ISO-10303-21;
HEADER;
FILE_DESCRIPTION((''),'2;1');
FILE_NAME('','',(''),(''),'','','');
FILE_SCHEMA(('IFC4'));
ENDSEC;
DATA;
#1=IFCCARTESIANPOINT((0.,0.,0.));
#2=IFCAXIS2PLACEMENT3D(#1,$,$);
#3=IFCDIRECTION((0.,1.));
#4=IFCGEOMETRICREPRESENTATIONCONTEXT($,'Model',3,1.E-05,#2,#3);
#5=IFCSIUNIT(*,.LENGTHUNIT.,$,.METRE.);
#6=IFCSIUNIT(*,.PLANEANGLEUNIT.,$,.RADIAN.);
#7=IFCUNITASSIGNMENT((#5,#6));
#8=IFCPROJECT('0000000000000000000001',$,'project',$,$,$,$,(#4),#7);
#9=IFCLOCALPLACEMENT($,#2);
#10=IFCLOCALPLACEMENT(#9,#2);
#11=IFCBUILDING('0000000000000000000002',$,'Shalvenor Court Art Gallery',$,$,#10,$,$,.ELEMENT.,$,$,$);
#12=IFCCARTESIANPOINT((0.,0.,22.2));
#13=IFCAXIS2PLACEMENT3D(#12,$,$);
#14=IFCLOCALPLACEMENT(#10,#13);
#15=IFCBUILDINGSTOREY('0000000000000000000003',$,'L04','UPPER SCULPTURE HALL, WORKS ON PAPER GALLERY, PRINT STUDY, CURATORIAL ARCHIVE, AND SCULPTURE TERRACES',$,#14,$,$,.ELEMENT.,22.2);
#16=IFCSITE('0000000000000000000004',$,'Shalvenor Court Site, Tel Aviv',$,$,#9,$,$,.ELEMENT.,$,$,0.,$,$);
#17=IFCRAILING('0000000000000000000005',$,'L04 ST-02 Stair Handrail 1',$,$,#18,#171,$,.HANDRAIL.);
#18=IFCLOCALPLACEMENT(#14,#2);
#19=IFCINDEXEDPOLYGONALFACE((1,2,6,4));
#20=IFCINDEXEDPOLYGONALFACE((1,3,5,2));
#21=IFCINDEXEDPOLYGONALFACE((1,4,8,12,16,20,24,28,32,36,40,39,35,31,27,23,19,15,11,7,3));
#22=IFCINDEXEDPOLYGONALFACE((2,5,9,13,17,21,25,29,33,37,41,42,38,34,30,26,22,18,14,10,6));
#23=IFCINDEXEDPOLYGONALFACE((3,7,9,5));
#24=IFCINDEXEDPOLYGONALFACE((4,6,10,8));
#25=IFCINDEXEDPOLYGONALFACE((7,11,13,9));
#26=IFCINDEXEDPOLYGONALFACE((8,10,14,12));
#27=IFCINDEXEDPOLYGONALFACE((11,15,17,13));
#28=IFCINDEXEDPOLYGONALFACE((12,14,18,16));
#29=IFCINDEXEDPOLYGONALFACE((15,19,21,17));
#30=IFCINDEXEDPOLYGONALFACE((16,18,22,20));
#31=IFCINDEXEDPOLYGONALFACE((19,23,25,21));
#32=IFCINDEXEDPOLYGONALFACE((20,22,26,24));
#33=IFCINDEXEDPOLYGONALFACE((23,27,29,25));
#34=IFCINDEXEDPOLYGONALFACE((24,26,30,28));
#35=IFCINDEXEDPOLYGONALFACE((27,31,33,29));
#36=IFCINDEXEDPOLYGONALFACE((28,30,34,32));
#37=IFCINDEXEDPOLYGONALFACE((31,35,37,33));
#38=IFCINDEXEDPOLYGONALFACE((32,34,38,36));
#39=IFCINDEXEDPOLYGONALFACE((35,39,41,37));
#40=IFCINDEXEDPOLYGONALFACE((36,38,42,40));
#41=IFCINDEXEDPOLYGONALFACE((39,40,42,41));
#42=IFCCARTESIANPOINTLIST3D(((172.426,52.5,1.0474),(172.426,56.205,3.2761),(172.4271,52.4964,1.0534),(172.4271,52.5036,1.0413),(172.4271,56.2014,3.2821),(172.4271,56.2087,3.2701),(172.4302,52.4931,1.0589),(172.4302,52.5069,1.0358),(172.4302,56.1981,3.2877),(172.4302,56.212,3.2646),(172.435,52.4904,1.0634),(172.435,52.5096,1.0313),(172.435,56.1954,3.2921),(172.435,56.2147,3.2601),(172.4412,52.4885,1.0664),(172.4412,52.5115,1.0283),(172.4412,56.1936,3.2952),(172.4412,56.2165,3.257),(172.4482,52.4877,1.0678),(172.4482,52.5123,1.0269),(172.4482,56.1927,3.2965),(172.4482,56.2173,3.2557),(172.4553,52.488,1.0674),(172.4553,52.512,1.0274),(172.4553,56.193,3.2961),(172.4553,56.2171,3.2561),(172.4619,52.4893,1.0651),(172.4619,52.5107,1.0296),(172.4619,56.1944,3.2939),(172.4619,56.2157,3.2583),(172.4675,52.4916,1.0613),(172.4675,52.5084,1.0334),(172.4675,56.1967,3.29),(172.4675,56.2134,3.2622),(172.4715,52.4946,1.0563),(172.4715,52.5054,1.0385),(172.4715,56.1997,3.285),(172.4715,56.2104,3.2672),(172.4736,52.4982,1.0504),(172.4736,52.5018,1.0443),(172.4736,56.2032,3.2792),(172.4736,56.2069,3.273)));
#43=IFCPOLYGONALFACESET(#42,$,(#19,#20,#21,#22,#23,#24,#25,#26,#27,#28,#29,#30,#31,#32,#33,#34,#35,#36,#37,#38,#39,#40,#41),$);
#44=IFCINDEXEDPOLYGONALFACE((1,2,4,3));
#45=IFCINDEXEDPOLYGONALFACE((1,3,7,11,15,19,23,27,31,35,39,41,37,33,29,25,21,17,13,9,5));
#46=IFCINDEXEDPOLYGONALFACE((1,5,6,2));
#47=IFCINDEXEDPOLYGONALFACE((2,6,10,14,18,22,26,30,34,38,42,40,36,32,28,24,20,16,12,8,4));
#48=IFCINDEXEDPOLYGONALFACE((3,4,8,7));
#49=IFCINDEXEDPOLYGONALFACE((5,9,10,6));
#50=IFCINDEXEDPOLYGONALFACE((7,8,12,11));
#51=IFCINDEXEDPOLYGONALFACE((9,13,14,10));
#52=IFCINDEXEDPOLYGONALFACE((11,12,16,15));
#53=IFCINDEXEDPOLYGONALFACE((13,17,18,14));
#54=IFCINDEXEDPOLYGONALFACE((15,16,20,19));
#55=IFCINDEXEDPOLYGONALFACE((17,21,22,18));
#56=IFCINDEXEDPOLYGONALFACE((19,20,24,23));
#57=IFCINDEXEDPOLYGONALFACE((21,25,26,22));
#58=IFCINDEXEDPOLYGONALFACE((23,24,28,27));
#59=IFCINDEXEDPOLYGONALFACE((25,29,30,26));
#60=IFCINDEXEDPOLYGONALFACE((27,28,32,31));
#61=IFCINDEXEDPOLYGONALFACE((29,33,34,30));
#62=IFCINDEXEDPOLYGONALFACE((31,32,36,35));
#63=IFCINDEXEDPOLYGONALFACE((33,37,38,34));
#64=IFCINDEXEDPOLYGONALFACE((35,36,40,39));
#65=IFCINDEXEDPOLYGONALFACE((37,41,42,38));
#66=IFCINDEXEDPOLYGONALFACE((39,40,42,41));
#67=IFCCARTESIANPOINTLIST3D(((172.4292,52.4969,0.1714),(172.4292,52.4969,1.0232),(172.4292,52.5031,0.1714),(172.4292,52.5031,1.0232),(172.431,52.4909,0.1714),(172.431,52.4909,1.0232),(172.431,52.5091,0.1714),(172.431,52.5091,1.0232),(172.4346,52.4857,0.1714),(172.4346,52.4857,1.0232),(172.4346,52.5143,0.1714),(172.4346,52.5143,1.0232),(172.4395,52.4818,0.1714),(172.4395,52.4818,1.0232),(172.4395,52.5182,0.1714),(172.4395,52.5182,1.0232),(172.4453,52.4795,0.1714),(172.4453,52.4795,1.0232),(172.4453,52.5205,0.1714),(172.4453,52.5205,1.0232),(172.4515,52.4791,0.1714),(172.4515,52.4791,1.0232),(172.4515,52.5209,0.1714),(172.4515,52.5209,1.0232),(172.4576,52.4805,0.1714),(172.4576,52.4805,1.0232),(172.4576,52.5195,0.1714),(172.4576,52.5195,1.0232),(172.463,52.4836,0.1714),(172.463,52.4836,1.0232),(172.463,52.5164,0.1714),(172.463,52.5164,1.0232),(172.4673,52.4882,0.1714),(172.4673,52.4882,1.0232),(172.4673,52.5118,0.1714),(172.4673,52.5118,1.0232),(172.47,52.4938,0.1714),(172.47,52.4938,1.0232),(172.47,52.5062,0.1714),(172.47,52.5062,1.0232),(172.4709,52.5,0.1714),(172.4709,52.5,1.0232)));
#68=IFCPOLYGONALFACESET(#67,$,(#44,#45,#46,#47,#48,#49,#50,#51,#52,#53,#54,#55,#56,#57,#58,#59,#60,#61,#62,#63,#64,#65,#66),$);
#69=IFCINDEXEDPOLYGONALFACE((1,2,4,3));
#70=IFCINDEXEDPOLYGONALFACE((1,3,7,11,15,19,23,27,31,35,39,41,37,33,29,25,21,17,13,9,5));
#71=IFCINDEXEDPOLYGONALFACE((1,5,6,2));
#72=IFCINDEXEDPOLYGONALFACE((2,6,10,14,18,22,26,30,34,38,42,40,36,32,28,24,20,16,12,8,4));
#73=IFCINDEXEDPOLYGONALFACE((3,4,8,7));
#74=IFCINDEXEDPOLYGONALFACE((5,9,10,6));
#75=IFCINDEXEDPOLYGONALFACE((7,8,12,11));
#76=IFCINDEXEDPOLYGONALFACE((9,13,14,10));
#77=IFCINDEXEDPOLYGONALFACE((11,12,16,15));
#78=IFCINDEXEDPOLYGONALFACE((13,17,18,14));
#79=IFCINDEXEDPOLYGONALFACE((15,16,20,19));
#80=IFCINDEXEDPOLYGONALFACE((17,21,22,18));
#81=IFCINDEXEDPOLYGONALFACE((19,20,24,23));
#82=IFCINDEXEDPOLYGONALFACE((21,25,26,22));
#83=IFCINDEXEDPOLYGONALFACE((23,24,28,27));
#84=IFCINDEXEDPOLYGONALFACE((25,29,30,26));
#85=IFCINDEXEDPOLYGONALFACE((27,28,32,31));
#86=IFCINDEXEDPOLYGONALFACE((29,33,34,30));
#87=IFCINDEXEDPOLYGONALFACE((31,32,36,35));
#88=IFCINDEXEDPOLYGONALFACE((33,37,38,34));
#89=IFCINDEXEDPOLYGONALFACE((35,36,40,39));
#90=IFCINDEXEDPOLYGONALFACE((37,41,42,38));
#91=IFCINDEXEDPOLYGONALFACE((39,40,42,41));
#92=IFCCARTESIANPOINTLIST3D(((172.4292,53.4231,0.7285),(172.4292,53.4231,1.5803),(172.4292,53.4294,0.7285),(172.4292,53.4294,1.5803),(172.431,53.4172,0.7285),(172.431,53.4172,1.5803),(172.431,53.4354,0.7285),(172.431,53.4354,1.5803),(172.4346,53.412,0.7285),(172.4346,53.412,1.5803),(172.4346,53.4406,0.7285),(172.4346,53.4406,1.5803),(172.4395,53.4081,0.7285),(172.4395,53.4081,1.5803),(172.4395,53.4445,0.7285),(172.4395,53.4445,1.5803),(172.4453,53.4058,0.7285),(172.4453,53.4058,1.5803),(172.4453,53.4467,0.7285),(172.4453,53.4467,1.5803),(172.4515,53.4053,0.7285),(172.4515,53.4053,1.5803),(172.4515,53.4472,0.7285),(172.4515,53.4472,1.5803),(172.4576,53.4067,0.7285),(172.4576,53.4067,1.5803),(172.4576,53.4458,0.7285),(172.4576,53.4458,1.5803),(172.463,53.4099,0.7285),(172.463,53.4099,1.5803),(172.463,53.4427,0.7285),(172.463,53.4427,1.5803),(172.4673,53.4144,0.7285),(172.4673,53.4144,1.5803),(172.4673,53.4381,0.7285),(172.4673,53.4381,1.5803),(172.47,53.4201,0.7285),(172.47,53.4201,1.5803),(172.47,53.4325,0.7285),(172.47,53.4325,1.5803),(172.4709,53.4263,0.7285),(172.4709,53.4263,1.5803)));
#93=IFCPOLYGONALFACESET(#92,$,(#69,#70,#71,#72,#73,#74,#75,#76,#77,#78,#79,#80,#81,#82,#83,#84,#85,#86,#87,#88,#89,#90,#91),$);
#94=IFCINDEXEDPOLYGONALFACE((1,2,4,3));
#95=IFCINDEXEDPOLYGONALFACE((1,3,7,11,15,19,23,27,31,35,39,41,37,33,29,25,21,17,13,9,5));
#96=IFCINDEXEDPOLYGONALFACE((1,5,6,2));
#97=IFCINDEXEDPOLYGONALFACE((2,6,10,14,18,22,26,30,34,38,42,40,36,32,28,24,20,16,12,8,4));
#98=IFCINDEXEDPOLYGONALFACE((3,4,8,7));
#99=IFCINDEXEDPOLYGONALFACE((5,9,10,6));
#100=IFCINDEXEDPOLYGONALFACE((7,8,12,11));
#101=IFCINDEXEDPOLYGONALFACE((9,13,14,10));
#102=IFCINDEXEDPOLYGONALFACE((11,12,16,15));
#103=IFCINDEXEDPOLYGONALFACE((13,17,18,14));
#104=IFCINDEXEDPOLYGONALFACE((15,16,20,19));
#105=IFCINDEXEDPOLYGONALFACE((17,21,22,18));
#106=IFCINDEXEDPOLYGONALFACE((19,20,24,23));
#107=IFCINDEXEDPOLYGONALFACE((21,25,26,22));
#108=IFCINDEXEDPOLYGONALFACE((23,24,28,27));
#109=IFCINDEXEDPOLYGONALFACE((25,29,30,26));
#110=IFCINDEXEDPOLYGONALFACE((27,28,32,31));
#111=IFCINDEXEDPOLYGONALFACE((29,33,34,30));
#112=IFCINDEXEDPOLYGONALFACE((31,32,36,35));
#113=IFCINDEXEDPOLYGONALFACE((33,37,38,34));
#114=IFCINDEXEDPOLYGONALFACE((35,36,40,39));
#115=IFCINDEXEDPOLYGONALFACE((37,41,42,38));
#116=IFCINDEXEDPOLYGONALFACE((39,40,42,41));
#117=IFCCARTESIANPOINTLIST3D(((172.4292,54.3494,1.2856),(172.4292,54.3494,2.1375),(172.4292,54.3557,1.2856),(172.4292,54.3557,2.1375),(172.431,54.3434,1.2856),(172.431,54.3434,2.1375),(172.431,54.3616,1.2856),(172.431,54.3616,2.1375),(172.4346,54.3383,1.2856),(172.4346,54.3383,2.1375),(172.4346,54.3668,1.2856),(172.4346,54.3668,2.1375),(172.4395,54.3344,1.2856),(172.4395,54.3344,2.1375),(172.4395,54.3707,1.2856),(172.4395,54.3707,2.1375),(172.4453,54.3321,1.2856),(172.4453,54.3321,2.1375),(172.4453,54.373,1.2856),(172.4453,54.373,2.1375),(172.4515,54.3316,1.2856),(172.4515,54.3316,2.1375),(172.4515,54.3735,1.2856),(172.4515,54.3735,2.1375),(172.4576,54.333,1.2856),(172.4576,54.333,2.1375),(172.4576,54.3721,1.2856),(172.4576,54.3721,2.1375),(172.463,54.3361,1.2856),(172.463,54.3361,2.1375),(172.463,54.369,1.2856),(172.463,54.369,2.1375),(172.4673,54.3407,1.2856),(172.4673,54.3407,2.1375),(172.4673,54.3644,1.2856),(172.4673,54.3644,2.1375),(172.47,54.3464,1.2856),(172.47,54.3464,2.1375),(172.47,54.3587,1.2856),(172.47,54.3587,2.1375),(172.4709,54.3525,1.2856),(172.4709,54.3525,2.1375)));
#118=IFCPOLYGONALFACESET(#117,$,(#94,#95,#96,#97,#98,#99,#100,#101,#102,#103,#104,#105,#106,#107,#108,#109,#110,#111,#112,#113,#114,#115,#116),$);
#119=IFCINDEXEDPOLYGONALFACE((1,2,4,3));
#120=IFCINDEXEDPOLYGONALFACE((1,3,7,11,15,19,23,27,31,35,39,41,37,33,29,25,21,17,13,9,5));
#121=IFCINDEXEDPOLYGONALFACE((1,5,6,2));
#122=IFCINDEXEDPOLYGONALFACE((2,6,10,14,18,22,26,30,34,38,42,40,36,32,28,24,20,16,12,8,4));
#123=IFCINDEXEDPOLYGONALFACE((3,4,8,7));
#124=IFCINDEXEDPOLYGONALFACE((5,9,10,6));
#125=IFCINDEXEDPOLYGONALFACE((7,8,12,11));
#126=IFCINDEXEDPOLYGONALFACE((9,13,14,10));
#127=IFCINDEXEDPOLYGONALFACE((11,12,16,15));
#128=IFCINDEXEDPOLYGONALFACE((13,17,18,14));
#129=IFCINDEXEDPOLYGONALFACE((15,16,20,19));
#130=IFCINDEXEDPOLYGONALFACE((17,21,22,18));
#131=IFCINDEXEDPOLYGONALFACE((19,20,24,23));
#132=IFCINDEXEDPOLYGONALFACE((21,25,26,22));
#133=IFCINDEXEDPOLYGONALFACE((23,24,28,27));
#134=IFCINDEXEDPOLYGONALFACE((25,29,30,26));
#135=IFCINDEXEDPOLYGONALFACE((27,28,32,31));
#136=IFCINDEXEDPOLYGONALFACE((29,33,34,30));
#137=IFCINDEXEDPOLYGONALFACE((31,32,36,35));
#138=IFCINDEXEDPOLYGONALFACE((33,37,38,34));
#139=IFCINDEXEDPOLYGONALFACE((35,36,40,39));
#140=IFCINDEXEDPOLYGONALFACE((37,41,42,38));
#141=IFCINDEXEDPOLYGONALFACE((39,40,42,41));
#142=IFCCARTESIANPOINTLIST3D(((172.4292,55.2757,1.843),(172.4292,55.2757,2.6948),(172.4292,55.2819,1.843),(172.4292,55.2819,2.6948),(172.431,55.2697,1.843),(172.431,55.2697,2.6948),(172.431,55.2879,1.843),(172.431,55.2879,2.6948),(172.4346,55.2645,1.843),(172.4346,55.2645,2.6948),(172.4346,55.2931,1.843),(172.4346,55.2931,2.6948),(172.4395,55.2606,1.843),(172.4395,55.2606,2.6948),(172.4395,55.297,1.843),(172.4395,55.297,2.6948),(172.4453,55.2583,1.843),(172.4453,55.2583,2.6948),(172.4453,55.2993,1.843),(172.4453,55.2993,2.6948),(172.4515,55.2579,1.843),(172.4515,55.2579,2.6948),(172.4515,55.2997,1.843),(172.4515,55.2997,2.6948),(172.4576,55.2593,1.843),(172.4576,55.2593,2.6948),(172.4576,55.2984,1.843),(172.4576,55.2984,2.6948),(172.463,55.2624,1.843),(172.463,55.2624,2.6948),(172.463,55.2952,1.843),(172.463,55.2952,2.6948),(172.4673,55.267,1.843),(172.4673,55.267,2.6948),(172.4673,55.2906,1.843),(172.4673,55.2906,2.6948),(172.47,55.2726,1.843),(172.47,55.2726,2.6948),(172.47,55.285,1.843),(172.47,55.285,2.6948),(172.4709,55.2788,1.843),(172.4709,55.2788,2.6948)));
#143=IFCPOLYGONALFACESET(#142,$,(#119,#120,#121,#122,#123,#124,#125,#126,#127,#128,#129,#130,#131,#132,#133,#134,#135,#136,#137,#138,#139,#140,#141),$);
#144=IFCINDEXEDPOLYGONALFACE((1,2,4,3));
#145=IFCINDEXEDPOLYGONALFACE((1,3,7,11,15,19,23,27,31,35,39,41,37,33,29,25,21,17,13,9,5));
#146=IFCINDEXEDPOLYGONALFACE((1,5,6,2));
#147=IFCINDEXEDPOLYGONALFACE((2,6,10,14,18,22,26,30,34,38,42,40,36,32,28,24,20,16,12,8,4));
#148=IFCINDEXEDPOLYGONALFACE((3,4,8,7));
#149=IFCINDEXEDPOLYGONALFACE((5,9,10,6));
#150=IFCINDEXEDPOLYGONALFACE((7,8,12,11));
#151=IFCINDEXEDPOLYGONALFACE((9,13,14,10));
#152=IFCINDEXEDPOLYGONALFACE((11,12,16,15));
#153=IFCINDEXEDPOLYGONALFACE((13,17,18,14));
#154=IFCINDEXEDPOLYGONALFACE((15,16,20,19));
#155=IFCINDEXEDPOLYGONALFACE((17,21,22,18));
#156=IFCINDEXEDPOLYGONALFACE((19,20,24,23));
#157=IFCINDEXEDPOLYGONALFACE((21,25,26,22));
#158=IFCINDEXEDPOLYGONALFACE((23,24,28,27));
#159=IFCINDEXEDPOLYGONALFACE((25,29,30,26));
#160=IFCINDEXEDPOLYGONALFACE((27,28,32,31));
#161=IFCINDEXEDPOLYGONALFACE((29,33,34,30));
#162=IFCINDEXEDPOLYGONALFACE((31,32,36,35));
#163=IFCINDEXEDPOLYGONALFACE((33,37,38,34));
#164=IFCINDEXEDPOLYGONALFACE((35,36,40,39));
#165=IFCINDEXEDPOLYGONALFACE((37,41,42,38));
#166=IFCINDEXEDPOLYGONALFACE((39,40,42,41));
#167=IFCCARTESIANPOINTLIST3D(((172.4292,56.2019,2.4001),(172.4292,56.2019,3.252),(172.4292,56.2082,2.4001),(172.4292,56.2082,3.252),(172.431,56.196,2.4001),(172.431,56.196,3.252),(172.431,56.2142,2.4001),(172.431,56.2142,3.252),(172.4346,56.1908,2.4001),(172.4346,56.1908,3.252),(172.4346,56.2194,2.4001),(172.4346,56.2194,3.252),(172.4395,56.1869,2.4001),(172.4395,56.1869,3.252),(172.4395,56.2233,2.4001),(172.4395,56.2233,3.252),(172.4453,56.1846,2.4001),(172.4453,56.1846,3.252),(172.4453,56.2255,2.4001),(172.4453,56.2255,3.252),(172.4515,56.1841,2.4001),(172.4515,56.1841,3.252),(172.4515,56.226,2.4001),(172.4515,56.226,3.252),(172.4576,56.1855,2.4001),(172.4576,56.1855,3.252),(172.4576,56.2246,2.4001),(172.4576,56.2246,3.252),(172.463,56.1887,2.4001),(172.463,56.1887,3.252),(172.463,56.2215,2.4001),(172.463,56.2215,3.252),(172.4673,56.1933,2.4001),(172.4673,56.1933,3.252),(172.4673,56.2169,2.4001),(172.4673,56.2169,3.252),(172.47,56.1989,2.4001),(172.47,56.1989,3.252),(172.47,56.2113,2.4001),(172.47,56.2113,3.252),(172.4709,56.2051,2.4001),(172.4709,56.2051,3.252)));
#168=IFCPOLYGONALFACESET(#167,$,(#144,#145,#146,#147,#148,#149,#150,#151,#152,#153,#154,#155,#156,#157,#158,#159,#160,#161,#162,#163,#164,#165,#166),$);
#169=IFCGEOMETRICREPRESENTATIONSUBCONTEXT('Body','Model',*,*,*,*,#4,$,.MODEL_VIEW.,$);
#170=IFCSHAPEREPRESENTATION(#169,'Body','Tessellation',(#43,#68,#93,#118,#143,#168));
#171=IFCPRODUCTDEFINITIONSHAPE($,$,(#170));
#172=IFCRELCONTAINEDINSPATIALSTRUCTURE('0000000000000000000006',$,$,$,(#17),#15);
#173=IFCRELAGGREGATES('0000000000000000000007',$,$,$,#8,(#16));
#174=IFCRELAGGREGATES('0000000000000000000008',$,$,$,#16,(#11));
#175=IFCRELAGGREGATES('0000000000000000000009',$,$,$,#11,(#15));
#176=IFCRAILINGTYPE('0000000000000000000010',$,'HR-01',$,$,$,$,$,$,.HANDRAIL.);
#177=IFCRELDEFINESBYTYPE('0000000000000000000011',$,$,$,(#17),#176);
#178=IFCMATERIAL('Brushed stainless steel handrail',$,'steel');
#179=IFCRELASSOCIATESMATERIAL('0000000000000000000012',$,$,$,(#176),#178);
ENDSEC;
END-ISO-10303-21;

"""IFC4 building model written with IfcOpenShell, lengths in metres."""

from ifc_helpers import new_model, si_unit, direction, frame, origin, origin_2d, place, context, subcontext, project, spatial, circle, extrude, material, type_object, element, save


model = new_model("IFC4")

# Units and contexts
model_context = context("Model", 3, precision=1e-05, world=origin(), true_north=direction((0.0, 1.0)))
body_context = subcontext(model_context, "Body", "Model", "MODEL_VIEW")
ifc_project = project(units=[si_unit("LENGTHUNIT", "METRE"), si_unit("PLANEANGLEUNIT", "RADIAN")], contexts=[model_context])

# Site, building, storey
site_placement = place(None, origin())
site = spatial("IfcSite", under=ifc_project, at=site_placement, Name="Shalvenor Court Site, Tel Aviv", CompositionType="ELEMENT", RefElevation=0.0)
building_placement = place(site_placement, origin())
building = spatial("IfcBuilding", under=site, at=building_placement, Name="Shalvenor Court Art Gallery", CompositionType="ELEMENT")
storey_placement = place(building_placement, frame((0.0, 0.0, 22.2)))
storey = spatial("IfcBuildingStorey", under=building, at=storey_placement, Name="L04", Description="UPPER SCULPTURE HALL, WORKS ON PAPER GALLERY, PRINT STUDY, CURATORIAL ARCHIVE, AND SCULPTURE TERRACES", CompositionType="ELEMENT", Elevation=22.2)

# Railing
ifc_material_1 = material(Name="Brushed stainless steel handrail", Category="steel")
railing_type_1 = type_object("IfcRailingType", Name="HR-01", PredefinedType="HANDRAIL", material=ifc_material_1)
railing_1_placement = place(storey_placement, frame((172.45, 52.5, 0.1714)))
element("IfcRailing", 1, at=railing_1_placement, inside=storey, type_object=railing_type_1, Name="L04 ST-02 Stair Handrail 1", PredefinedType="HANDRAIL", context=body_context, shape_type="SweptSolid", body=[
    extrude(circle(Radius=0.0239, at=origin_2d()), frame((0.0, 0.0, 0.876), z_axis=(0.0, 0.856909, 0.515467), x_axis=(-1.0, 0.0, 0.0)), (0.0, 0.0, 1.0), 4.3237),
    extrude(circle(Radius=0.021, at=origin_2d()), origin(), (0.0, 0.0, 1.0), 0.8518),
    extrude(circle(Radius=0.021, at=origin_2d()), frame((0.0, 0.9263, 0.5571)), (0.0, 0.0, 1.0), 0.8518),
    extrude(circle(Radius=0.021, at=origin_2d()), frame((0.0, 1.8525, 1.1143)), (0.0, 0.0, 1.0), 0.8518),
    extrude(circle(Radius=0.021, at=origin_2d()), frame((0.0, 2.7788, 1.6716)), (0.0, 0.0, 1.0), 0.8518),
    extrude(circle(Radius=0.021, at=origin_2d()), frame((0.0, 3.7051, 2.2288)), (0.0, 0.0, 1.0), 0.8518),
])

save(model, "model.ifc")
